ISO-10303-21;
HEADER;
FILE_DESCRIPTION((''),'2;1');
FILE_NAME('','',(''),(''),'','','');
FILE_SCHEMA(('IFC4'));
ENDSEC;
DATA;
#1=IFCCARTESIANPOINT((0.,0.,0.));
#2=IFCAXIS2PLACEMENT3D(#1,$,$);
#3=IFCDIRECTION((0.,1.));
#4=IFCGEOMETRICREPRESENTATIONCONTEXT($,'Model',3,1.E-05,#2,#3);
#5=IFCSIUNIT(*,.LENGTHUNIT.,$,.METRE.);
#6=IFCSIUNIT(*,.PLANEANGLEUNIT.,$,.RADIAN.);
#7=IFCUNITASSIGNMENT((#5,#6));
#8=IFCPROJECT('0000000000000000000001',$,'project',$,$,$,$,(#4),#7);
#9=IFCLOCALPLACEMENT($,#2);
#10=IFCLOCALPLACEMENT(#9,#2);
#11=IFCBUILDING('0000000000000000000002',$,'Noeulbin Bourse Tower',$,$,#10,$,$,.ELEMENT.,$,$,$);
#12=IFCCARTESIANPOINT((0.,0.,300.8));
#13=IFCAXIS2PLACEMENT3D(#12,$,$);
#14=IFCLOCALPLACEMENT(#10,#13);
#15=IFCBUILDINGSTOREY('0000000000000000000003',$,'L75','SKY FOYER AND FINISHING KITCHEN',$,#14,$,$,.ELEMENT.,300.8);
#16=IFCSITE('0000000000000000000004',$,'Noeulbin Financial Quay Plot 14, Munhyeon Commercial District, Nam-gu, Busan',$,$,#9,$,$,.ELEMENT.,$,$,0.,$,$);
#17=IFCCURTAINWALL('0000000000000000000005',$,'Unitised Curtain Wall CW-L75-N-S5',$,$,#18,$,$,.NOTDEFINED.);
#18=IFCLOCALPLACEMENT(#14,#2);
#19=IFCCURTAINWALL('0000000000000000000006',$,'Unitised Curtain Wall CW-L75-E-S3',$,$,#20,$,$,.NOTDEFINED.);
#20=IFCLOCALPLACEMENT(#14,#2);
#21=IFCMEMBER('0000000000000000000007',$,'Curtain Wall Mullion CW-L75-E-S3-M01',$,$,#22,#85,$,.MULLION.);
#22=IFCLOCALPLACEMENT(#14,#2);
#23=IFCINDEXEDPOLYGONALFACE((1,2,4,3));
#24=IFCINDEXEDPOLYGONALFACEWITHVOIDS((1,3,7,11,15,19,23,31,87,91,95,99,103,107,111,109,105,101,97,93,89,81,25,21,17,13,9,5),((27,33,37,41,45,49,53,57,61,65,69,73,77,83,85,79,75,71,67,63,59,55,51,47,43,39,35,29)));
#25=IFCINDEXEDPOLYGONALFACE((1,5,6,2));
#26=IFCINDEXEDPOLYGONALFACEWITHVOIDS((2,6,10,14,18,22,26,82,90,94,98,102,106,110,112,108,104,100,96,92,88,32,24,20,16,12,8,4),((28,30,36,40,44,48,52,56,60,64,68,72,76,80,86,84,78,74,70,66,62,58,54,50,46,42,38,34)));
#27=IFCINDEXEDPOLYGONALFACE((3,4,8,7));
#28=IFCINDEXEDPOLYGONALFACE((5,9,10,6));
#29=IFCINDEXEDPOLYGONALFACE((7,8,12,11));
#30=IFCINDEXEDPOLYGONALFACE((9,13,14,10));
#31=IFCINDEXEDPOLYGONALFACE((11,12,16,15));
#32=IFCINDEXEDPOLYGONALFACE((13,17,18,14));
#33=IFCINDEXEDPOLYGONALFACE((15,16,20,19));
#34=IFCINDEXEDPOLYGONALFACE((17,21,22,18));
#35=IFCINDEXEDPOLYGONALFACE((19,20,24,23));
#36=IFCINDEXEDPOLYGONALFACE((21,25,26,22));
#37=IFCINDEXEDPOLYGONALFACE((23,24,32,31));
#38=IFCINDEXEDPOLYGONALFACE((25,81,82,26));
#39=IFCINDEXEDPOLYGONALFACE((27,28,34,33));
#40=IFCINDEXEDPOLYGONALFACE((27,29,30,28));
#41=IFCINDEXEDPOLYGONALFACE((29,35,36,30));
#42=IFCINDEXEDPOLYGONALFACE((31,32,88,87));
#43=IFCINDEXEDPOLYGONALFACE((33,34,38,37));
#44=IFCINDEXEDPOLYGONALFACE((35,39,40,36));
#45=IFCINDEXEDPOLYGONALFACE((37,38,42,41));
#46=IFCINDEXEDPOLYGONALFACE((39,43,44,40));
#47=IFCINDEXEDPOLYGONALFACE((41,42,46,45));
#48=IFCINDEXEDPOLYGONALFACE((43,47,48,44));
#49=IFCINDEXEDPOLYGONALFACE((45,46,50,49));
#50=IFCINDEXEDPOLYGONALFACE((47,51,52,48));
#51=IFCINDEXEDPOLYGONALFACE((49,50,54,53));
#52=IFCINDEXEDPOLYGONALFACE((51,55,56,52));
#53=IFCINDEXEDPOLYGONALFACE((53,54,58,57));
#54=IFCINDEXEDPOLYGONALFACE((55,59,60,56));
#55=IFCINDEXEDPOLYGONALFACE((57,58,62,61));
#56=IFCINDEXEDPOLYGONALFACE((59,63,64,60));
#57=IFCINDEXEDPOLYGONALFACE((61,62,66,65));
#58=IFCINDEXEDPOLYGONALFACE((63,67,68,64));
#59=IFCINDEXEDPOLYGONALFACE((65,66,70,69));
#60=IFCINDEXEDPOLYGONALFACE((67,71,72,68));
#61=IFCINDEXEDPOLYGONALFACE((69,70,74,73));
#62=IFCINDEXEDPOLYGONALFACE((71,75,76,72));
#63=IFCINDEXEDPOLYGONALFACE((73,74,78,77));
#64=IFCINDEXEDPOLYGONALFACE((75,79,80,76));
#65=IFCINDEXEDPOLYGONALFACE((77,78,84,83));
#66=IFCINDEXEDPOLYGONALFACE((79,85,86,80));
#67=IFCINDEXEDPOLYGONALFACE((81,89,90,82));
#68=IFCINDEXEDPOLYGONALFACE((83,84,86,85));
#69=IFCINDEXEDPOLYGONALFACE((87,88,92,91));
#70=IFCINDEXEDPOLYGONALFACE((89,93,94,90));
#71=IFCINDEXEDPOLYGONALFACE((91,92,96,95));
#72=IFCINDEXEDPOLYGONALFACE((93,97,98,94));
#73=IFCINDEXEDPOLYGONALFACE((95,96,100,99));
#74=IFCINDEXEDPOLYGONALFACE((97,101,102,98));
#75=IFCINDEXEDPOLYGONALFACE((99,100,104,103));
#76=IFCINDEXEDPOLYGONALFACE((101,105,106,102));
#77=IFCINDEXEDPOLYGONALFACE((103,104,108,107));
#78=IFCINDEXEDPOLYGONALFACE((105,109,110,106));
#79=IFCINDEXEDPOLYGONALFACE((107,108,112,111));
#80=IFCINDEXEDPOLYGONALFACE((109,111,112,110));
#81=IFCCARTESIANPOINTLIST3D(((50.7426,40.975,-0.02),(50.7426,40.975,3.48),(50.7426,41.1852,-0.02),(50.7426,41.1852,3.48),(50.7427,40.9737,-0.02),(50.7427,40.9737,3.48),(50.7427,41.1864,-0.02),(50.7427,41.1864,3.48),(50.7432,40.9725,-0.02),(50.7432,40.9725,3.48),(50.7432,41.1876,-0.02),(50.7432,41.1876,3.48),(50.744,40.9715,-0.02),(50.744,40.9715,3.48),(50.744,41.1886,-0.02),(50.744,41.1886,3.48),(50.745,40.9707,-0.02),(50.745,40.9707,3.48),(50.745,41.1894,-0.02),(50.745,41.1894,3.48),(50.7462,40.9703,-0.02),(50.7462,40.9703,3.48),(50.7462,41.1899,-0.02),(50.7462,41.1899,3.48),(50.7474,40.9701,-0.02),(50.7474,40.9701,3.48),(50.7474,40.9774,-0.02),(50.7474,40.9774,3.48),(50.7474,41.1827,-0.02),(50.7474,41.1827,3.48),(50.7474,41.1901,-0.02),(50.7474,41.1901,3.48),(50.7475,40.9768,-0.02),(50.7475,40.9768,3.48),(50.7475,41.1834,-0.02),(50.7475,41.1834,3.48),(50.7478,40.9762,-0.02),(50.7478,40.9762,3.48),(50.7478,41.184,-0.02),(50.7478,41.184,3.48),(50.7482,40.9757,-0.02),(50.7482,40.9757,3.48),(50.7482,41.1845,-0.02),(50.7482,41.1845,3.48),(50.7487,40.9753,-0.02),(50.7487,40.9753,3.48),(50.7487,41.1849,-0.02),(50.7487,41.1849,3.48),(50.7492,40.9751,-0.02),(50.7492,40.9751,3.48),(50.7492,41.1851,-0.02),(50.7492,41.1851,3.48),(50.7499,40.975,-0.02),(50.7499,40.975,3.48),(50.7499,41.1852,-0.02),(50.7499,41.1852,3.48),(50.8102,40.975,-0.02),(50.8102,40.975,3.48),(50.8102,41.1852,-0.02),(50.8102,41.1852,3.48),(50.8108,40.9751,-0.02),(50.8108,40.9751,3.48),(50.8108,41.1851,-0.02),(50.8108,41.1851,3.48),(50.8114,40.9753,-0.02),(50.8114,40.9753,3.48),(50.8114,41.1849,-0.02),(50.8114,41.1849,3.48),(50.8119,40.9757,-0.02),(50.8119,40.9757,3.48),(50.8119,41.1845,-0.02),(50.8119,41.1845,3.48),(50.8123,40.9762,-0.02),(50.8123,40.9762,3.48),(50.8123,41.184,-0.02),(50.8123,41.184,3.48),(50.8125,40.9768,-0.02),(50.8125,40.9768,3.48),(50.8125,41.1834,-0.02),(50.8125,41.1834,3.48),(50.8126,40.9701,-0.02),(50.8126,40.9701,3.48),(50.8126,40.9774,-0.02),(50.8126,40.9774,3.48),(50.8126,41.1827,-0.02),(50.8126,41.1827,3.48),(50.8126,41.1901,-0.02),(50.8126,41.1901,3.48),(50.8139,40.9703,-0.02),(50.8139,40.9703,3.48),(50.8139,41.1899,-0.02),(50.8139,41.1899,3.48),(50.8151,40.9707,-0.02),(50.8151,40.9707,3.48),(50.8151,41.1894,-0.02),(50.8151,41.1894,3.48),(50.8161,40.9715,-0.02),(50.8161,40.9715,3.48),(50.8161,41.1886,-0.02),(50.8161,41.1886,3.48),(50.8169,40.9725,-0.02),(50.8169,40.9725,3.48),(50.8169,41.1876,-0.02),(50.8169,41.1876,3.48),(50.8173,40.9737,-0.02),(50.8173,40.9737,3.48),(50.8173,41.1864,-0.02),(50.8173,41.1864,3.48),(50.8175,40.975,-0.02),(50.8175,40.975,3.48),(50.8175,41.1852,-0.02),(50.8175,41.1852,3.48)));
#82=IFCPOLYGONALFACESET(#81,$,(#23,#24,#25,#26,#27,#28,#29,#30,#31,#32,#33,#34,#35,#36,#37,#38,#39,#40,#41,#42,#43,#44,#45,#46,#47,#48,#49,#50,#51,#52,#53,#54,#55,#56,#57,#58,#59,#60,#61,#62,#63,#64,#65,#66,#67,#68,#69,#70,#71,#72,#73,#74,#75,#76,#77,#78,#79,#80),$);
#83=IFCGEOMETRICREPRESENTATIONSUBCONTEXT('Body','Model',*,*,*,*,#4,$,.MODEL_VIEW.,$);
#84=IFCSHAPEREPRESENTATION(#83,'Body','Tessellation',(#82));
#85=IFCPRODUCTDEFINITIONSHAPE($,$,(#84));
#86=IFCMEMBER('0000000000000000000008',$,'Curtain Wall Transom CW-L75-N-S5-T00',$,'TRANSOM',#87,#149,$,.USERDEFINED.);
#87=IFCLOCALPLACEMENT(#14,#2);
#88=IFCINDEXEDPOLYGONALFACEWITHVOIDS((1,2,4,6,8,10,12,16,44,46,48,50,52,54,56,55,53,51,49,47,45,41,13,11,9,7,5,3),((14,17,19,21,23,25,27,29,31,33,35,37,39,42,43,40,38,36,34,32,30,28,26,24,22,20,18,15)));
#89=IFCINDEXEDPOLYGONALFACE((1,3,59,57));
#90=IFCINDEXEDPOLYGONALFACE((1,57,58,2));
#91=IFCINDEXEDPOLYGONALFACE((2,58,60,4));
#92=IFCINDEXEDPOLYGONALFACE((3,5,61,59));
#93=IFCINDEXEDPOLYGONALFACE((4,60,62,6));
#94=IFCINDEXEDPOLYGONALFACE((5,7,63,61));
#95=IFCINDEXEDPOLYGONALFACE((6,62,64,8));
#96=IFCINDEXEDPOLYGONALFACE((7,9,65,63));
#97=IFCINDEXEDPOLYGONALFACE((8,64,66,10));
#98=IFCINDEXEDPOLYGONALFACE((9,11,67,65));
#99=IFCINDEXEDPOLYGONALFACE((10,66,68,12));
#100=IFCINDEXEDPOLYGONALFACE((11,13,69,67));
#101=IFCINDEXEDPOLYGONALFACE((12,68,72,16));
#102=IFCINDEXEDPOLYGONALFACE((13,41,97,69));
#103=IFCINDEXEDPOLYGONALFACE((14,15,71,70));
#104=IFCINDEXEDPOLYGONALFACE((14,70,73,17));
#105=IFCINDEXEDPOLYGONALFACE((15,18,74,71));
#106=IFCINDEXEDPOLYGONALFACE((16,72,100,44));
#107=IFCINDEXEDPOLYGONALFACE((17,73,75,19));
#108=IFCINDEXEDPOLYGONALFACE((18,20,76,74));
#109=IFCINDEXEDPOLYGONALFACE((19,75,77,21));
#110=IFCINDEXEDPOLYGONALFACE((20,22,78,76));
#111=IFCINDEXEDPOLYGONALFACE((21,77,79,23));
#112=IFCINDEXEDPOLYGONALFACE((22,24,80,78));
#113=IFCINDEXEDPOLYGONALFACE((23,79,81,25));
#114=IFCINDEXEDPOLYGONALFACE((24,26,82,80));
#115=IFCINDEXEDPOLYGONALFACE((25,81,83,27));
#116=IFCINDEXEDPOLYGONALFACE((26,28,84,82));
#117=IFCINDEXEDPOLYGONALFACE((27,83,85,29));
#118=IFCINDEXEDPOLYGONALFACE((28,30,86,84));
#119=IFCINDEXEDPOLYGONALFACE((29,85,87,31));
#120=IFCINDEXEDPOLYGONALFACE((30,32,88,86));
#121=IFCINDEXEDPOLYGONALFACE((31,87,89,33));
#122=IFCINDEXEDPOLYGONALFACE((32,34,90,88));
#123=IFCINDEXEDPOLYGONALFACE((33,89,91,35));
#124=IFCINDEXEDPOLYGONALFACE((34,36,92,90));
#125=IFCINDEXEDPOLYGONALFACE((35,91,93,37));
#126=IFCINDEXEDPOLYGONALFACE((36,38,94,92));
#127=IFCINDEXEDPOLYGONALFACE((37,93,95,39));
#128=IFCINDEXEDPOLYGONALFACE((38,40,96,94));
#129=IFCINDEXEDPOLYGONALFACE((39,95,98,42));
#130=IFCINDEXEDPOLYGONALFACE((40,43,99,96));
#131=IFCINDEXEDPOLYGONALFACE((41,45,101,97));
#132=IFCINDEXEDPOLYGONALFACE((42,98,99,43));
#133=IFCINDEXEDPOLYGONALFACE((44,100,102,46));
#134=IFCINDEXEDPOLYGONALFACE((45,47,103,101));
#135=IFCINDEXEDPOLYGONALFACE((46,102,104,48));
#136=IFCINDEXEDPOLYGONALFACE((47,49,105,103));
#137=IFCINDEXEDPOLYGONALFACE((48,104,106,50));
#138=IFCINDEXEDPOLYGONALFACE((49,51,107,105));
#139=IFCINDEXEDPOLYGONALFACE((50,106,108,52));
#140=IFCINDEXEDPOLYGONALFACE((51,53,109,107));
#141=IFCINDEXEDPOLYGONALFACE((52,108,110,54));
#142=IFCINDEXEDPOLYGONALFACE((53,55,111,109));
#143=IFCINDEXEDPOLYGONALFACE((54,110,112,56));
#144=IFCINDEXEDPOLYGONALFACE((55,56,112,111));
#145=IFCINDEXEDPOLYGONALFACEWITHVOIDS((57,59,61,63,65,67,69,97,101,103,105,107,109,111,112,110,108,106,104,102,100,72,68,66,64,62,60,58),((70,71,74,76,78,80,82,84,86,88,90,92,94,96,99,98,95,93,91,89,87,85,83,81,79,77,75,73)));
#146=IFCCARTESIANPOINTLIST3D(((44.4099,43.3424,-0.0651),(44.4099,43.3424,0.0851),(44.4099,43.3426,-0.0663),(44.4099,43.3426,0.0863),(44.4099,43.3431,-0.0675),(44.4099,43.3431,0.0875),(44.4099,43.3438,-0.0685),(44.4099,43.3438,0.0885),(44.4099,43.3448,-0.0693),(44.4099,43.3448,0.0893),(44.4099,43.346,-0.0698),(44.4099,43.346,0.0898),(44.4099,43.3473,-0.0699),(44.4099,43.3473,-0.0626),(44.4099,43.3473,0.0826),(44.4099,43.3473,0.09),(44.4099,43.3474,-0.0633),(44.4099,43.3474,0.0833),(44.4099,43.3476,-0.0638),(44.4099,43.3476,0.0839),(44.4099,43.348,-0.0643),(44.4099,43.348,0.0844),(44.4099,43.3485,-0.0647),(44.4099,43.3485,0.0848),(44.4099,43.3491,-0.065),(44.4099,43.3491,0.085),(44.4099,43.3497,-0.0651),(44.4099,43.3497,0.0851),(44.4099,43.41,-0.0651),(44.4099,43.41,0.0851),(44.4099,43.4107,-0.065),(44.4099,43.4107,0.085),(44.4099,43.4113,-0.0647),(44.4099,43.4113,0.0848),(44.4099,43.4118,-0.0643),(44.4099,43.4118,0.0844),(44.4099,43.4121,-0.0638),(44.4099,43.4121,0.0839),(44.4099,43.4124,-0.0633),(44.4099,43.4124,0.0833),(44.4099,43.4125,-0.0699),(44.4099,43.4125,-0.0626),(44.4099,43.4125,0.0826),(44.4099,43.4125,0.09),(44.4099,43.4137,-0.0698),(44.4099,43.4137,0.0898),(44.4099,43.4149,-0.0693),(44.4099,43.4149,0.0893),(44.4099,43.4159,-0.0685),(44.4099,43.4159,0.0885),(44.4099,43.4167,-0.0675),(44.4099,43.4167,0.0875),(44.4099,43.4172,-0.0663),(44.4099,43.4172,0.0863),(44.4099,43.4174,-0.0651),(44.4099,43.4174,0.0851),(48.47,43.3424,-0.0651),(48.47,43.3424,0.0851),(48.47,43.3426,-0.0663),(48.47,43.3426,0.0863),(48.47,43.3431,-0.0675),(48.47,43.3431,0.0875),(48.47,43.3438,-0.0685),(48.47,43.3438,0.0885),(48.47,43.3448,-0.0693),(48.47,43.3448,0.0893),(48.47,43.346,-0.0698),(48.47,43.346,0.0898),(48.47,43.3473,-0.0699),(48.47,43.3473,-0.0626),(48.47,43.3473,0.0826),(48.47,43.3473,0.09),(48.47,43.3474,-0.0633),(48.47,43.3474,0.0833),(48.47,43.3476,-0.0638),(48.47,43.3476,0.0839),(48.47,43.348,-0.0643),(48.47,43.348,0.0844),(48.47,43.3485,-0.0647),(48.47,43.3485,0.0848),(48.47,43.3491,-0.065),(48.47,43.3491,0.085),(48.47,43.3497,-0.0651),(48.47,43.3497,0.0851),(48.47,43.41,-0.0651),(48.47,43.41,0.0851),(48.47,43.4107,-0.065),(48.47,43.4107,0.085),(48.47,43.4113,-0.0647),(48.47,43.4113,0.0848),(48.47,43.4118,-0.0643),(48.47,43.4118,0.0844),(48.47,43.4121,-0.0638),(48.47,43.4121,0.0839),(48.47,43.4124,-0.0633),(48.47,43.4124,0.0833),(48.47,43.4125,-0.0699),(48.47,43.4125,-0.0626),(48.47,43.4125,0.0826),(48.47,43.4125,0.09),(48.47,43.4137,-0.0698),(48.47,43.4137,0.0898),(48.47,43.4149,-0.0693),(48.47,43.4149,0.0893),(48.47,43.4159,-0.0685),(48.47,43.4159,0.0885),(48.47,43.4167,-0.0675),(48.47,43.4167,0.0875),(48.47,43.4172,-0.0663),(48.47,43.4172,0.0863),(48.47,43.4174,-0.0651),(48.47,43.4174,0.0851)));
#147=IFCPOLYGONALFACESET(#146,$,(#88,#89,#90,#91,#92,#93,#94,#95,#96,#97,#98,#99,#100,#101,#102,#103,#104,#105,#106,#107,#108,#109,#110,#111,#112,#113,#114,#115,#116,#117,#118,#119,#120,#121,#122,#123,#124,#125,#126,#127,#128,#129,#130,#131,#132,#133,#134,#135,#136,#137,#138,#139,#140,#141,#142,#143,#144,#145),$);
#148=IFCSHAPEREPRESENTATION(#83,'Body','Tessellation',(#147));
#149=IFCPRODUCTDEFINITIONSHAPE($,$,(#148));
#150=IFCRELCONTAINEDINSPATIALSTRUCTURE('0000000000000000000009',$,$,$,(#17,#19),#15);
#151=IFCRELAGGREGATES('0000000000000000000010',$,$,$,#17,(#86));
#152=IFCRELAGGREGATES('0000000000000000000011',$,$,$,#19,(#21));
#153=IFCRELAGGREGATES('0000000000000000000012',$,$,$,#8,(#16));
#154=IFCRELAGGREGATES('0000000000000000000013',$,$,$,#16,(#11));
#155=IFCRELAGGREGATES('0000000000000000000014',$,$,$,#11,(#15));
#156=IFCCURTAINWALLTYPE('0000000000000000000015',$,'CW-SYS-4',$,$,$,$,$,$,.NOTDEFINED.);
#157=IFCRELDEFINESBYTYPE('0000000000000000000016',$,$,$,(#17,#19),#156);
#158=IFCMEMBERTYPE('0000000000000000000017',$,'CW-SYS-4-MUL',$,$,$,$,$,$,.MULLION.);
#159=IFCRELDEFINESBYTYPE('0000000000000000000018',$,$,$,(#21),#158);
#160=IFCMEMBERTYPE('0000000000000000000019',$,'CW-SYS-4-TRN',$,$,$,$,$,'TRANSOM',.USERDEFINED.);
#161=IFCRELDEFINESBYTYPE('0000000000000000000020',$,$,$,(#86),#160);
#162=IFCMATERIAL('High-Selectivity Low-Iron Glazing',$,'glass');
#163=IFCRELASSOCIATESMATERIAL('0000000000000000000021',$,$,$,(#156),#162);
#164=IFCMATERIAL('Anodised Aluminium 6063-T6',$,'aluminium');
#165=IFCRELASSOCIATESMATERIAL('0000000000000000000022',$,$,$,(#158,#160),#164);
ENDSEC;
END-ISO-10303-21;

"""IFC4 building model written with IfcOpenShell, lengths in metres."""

from ifc_helpers import new_model, si_unit, direction, frame, origin, origin_2d, place, context, subcontext, project, spatial, hollow_rectangle, extrude, material, material_profile, profile_set, type_object, element, aggregate, save


model = new_model("IFC4")

# Units and contexts
model_context = context("Model", 3, precision=1e-05, world=origin(), true_north=direction((0.0, 1.0)))
body_context = subcontext(model_context, "Body", "Model", "MODEL_VIEW")
ifc_project = project(units=[si_unit("LENGTHUNIT", "METRE"), si_unit("PLANEANGLEUNIT", "RADIAN")], contexts=[model_context])

# Site, building, storey
site_placement = place(None, origin())
site = spatial("IfcSite", under=ifc_project, at=site_placement, Name="Noeulbin Financial Quay Plot 14, Munhyeon Commercial District, Nam-gu, Busan", CompositionType="ELEMENT", RefElevation=0.0)
building_placement = place(site_placement, origin())
building = spatial("IfcBuilding", under=site, at=building_placement, Name="Noeulbin Bourse Tower", CompositionType="ELEMENT")
storey_placement = place(building_placement, frame((0.0, 0.0, 300.8)))
storey = spatial("IfcBuildingStorey", under=building, at=storey_placement, Name="L75", Description="SKY FOYER AND FINISHING KITCHEN", CompositionType="ELEMENT", Elevation=300.8)

# Shared definitions
ifc_material_1 = material(Name="High-Selectivity Low-Iron Glazing", Category="glass")
curtain_wall_type = type_object("IfcCurtainWallType", Name="CW-SYS-4", PredefinedType="NOTDEFINED", material=ifc_material_1)
ifc_material_2 = material(Name="Anodised Aluminium 6063-T6", Category="aluminium")
ifc_material_profile_1 = material_profile(ifc_material_2, hollow_rectangle(XDim=0.075, YDim=0.22, WallThickness=0.0049, InnerFilletRadius=0.0024, OuterFilletRadius=0.0049, at=origin_2d()), Name="ALU-MULL-75x220x5", Category="LoadBearing")
ifc_profile_set_1 = profile_set([ifc_material_profile_1], Name="Anodised Aluminium 6063-T6")
member_type_1 = type_object("IfcMemberType", Name="CW-SYS-4-MUL", PredefinedType="MULLION", material=ifc_profile_set_1)

# Curtain walls, member
curtain_wall_1_placement = place(storey_placement, origin())
curtain_wall_1 = element("IfcCurtainWall", 1, at=curtain_wall_1_placement, inside=storey, type_object=curtain_wall_type, Name="Unitised Curtain Wall CW-L75-N-S5", PredefinedType="NOTDEFINED")
curtain_wall_2_placement = place(storey_placement, origin())
curtain_wall_2 = element("IfcCurtainWall", 2, at=curtain_wall_2_placement, inside=storey, type_object=curtain_wall_type, Name="Unitised Curtain Wall CW-L75-E-S3", PredefinedType="NOTDEFINED")
member_1_placement = place(storey_placement, frame((50.78, 41.0801, -0.02), z_axis=(0.0, 0.0, 1.0), x_axis=(1.0, 0.0, 0.0)))
member_1 = element("IfcMember", 3, at=member_1_placement, type_object=member_type_1, Name="Curtain Wall Mullion CW-L75-E-S3-M01", PredefinedType="MULLION", context=body_context, shape_type="SweptSolid", body=[
    extrude(hollow_rectangle(XDim=0.075, YDim=0.22, WallThickness=0.0049, InnerFilletRadius=0.0024, OuterFilletRadius=0.0049, at=origin_2d()), origin(), (0.0, 0.0, 1.0), 3.5),
])

# Member
ifc_material_profile_2 = material_profile(ifc_material_2, hollow_rectangle(XDim=0.075, YDim=0.1599, WallThickness=0.0049, InnerFilletRadius=0.0024, OuterFilletRadius=0.0049, at=origin_2d()), Name="ALU-TRAN-75x160x5", Category="LoadBearing")
ifc_profile_set_2 = profile_set([ifc_material_profile_2], Name="Anodised Aluminium 6063-T6")
member_type_2 = type_object("IfcMemberType", Name="CW-SYS-4-TRN", ElementType="TRANSOM", PredefinedType="USERDEFINED", material=ifc_profile_set_2)
member_2_placement = place(storey_placement, frame((44.4099, 43.3799, 0.01), z_axis=(1.0, 0.0, 0.0), x_axis=(0.0, 1.0, 0.0)))
member_2 = element("IfcMember", 4, at=member_2_placement, type_object=member_type_2, Name="Curtain Wall Transom CW-L75-N-S5-T00", ObjectType="TRANSOM", PredefinedType="USERDEFINED", context=body_context, shape_type="SweptSolid", body=[
    extrude(hollow_rectangle(XDim=0.075, YDim=0.1599, WallThickness=0.0049, InnerFilletRadius=0.0024, OuterFilletRadius=0.0049, at=origin_2d()), origin(), (0.0, 0.0, 1.0), 4.0601),
])

aggregate(curtain_wall_1, [member_2])
aggregate(curtain_wall_2, [member_1])

save(model, "model.ifc")
